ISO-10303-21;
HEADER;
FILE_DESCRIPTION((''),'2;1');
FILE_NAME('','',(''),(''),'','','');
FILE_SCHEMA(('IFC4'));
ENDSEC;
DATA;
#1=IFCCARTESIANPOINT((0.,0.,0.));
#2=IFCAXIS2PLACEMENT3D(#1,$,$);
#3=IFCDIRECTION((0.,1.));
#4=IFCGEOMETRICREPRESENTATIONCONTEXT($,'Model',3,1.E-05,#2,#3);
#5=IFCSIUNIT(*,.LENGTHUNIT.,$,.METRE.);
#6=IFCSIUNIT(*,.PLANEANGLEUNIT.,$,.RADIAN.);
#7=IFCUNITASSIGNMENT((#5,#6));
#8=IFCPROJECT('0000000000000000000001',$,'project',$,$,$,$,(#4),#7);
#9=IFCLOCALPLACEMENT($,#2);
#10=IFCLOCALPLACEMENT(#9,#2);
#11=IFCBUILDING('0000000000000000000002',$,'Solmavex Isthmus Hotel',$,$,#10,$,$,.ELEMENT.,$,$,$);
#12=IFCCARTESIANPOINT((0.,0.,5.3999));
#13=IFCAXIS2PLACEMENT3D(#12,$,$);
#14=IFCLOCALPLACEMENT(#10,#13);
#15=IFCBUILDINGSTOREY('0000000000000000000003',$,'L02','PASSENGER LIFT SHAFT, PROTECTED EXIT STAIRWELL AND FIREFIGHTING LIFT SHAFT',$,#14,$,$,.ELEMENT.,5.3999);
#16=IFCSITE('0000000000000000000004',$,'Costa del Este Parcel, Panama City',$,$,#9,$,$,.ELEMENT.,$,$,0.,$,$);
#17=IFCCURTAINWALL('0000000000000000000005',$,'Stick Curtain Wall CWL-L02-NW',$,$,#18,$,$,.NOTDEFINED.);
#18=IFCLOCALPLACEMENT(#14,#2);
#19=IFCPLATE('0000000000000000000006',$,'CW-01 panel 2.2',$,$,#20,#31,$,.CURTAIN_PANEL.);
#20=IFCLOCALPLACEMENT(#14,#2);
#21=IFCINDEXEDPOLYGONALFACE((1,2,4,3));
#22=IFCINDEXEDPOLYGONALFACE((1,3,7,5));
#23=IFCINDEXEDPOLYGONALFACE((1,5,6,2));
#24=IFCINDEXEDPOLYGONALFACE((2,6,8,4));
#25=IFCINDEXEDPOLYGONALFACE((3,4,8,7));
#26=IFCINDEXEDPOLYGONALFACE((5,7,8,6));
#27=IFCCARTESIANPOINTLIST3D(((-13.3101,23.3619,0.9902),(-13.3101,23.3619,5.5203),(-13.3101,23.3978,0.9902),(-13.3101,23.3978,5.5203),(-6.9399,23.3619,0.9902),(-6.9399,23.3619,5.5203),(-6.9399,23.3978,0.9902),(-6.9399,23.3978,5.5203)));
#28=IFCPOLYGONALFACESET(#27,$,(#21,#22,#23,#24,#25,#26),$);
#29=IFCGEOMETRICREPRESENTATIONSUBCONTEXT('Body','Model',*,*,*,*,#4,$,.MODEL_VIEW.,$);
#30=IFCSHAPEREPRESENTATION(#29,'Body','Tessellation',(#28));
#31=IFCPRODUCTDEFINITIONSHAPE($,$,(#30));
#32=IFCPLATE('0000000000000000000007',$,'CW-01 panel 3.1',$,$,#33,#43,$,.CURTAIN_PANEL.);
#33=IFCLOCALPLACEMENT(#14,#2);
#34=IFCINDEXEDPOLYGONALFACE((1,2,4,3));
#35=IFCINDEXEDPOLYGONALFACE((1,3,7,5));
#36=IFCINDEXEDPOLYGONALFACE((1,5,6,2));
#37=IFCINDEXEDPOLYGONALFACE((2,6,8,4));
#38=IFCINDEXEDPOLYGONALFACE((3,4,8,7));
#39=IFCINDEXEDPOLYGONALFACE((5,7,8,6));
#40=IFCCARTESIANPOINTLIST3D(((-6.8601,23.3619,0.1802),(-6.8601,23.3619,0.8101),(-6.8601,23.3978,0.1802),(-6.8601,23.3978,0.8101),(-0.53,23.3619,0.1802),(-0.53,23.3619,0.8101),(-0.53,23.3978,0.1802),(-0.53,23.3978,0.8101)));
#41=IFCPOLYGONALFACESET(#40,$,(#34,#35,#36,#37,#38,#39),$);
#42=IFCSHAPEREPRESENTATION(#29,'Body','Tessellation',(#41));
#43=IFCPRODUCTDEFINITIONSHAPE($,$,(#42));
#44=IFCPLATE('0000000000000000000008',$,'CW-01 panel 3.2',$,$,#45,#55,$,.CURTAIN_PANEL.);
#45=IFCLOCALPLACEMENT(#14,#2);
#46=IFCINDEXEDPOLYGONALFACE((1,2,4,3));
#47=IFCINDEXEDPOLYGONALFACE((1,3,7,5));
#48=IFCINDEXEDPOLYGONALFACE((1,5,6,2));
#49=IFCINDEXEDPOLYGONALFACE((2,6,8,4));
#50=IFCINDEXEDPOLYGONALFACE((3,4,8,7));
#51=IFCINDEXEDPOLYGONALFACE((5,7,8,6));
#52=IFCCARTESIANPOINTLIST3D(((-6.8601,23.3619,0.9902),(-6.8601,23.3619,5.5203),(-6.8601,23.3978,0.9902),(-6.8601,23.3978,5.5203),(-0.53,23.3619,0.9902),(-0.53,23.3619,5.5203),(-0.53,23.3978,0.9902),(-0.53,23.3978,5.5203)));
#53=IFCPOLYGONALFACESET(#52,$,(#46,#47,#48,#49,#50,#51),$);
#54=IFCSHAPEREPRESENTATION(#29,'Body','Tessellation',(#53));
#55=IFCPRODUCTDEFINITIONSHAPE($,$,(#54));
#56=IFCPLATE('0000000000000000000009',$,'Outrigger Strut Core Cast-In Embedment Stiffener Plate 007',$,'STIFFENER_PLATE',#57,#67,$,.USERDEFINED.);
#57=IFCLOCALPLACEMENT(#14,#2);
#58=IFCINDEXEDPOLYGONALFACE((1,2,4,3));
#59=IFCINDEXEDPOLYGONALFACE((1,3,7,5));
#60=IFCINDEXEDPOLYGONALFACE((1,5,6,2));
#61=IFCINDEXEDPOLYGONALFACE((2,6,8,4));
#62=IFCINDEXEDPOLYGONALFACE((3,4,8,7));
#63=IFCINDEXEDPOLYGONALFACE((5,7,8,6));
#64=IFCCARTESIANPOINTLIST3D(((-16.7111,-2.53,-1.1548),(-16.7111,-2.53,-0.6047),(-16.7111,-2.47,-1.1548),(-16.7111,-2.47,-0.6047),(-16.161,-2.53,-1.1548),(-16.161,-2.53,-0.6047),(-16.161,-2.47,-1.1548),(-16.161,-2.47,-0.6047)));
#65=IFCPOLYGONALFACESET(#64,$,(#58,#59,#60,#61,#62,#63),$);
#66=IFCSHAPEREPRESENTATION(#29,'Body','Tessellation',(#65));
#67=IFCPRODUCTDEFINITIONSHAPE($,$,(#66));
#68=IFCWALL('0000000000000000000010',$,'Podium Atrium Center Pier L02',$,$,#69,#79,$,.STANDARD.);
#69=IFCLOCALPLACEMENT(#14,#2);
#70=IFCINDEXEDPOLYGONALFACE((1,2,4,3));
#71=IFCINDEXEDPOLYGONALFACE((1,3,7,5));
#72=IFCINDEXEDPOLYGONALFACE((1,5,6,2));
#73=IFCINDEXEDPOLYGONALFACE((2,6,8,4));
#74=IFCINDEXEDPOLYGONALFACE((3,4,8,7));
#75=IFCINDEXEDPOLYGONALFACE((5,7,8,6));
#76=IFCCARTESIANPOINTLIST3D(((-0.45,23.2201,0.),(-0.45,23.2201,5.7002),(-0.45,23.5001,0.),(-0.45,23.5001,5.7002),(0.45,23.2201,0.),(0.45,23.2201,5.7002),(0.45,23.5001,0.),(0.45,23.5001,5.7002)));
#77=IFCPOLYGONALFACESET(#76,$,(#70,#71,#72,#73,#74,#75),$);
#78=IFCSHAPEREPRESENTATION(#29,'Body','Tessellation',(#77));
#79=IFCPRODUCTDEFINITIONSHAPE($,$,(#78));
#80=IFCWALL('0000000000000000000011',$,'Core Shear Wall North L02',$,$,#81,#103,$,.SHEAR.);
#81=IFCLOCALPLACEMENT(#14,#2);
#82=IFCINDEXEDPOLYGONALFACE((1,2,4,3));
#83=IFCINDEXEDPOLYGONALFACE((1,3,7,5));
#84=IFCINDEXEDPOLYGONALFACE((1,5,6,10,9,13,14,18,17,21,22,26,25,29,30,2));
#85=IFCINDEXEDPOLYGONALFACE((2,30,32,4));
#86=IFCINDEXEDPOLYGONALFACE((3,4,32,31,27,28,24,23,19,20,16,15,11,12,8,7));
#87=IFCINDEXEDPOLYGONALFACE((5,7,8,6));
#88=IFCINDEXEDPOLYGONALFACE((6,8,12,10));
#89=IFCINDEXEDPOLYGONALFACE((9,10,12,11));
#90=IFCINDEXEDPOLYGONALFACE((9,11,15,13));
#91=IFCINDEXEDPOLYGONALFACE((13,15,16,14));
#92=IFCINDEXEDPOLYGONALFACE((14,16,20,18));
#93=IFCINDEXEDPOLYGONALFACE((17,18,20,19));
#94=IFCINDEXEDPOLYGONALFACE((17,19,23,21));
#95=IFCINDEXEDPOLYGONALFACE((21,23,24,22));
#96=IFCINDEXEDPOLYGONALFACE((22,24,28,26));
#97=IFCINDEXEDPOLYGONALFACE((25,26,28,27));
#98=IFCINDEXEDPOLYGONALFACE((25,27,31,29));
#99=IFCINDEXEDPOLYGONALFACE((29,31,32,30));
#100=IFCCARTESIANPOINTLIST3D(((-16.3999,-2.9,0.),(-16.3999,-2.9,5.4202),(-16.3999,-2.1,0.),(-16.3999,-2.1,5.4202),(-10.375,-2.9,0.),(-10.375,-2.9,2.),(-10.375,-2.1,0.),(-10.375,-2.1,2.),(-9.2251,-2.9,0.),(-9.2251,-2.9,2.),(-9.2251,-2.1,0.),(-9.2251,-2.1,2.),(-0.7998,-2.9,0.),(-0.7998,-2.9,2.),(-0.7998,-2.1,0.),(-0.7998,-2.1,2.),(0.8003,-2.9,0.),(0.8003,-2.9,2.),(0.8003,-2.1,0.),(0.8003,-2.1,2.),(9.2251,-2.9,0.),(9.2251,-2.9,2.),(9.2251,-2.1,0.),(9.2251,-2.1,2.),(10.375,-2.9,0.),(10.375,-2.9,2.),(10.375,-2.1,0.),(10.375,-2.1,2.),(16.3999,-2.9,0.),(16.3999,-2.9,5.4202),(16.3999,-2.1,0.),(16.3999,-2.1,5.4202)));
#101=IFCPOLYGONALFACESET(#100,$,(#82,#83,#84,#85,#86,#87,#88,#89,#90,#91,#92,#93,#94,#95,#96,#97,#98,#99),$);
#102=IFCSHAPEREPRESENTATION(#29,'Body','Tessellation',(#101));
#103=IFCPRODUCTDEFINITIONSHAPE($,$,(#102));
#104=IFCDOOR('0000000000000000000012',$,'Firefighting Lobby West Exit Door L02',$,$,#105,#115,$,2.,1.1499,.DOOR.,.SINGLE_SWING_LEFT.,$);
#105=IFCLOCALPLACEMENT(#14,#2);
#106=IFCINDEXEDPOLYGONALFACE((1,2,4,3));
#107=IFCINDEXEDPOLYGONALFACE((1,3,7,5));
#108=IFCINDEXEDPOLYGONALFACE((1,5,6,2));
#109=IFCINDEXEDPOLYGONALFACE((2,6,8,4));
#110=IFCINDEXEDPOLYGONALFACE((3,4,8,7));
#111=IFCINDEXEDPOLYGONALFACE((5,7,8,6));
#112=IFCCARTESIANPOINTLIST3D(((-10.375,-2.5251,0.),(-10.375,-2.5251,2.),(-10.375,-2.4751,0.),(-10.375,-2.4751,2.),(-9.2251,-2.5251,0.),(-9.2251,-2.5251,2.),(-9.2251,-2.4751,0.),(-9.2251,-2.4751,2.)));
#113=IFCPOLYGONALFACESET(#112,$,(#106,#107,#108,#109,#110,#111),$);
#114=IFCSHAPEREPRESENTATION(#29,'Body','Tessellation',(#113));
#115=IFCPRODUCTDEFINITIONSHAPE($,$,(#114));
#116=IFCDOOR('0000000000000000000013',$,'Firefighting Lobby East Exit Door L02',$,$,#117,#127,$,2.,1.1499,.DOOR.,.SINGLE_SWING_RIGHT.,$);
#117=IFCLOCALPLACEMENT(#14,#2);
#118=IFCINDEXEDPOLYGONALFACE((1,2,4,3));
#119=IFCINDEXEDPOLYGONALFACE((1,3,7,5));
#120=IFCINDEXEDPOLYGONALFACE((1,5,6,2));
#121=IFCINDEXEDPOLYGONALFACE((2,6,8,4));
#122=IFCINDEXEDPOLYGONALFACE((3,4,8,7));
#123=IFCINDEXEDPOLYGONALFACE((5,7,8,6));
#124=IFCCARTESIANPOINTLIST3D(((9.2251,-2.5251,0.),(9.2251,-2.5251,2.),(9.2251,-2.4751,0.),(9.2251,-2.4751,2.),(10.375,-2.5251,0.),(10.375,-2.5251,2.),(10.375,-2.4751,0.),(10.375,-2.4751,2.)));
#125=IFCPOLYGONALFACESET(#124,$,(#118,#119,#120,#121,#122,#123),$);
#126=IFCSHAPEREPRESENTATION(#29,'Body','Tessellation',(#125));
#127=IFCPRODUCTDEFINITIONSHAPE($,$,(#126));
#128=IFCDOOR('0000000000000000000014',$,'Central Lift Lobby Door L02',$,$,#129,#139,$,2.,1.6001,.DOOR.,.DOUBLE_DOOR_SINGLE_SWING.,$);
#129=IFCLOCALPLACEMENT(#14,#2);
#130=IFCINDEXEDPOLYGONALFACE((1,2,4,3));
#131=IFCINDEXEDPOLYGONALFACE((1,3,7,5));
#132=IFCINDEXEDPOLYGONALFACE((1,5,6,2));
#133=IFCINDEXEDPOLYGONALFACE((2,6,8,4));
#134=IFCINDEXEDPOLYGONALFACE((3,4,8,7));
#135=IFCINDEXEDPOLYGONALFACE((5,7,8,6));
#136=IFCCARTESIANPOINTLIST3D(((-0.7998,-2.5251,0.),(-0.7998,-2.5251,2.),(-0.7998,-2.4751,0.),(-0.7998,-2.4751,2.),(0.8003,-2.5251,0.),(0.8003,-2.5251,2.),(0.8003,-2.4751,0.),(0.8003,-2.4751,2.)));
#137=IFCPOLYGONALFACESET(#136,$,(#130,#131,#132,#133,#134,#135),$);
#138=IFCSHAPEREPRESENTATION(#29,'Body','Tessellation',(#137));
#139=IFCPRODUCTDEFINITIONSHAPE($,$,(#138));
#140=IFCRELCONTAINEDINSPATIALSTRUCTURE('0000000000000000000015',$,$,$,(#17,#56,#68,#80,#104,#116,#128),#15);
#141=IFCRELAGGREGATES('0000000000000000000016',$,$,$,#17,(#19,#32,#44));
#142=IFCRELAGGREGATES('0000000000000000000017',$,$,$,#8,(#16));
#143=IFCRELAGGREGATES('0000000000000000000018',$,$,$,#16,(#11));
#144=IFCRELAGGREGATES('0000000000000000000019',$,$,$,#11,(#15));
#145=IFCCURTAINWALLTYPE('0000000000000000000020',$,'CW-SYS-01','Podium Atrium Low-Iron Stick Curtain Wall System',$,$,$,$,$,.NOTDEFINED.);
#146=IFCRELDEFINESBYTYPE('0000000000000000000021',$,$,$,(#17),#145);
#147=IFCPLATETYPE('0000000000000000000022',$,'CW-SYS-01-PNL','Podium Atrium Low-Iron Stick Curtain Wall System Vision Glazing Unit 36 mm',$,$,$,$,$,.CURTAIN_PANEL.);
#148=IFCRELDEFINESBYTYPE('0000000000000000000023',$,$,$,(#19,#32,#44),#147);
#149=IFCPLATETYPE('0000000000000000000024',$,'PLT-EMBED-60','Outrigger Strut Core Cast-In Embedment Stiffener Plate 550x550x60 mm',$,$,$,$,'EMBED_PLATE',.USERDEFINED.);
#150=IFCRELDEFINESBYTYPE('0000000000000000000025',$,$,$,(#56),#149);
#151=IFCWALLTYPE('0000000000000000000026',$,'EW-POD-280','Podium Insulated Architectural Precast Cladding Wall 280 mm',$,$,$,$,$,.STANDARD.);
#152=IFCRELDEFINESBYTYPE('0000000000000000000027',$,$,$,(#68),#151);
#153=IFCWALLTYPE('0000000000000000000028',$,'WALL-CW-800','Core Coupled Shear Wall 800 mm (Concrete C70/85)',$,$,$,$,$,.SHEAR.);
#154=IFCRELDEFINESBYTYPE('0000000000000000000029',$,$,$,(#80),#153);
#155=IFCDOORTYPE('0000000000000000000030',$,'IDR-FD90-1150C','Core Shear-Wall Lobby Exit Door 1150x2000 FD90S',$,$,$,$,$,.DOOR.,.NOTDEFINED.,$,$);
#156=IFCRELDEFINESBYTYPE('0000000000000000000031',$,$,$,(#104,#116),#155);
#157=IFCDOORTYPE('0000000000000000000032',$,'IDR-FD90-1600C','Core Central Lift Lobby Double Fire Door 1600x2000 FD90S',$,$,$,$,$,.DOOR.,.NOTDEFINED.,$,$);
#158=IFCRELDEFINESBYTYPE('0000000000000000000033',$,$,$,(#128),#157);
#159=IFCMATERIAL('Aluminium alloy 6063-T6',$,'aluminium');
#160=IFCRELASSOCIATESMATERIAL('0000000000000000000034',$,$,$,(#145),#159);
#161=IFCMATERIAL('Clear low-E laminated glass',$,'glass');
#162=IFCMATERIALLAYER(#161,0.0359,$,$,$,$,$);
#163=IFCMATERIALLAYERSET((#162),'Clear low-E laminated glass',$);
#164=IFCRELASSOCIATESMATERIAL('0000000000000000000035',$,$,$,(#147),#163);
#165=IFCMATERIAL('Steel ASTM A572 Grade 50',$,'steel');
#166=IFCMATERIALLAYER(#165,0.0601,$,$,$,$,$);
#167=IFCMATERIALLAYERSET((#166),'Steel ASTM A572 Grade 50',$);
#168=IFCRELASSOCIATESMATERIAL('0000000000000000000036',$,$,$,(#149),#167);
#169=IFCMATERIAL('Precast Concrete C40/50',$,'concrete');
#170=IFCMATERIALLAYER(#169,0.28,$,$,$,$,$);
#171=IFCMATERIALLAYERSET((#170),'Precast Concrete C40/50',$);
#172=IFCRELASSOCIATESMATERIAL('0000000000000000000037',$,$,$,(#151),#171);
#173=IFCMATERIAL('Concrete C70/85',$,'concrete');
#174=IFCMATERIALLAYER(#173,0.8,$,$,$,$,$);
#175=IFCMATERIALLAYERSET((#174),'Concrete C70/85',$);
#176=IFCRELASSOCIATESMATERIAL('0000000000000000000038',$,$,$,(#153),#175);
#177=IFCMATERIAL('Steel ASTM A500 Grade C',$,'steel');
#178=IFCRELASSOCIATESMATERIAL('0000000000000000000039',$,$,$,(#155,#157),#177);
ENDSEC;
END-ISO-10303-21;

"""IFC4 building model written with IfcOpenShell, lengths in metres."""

from ifc_helpers import new_model, si_unit, direction, frame, frame_2d, origin, origin_2d, place, context, subcontext, project, spatial, rectangle, extrude, material, layer, layer_set, type_object, element, fill, aggregate, save


model = new_model("IFC4")

# Units and contexts
model_context = context("Model", 3, precision=1e-05, world=origin(), true_north=direction((0.0, 1.0)))
body_context = subcontext(model_context, "Body", "Model", "MODEL_VIEW")
ifc_project = project(units=[si_unit("LENGTHUNIT", "METRE"), si_unit("PLANEANGLEUNIT", "RADIAN")], contexts=[model_context])

# Site, building, storey
site_placement = place(None, origin())
site = spatial("IfcSite", under=ifc_project, at=site_placement, Name="Costa del Este Parcel, Panama City", CompositionType="ELEMENT", RefElevation=0.0)
building_placement = place(site_placement, origin())
building = spatial("IfcBuilding", under=site, at=building_placement, Name="Solmavex Isthmus Hotel", CompositionType="ELEMENT")
storey_placement = place(building_placement, frame((0.0, 0.0, 5.3999)))
storey = spatial("IfcBuildingStorey", under=building, at=storey_placement, Name="L02", Description="PASSENGER LIFT SHAFT, PROTECTED EXIT STAIRWELL AND FIREFIGHTING LIFT SHAFT", CompositionType="ELEMENT", Elevation=5.3999)

# Shared definitions
ifc_material_1 = material(Name="Concrete C70/85", Category="concrete")

# Curtain wall, plates
ifc_material_2 = material(Name="Aluminium alloy 6063-T6", Category="aluminium")
curtain_wall_type = type_object("IfcCurtainWallType", Name="CW-SYS-01", Description="Podium Atrium Low-Iron Stick Curtain Wall System", PredefinedType="NOTDEFINED", material=ifc_material_2)
curtain_wall_placement = place(storey_placement, origin())
curtain_wall = element("IfcCurtainWall", 1, at=curtain_wall_placement, inside=storey, type_object=curtain_wall_type, Name="Stick Curtain Wall CWL-L02-NW", PredefinedType="NOTDEFINED")
ifc_material_3 = material(Name="Clear low-E laminated glass", Category="glass")
ifc_layer_1 = layer(ifc_material_3, 0.0359)
ifc_layer_set_1 = layer_set([ifc_layer_1], Name="Clear low-E laminated glass")
plate_type_1 = type_object("IfcPlateType", Name="CW-SYS-01-PNL", Description="Podium Atrium Low-Iron Stick Curtain Wall System Vision Glazing Unit 36 mm", PredefinedType="CURTAIN_PANEL", material=ifc_layer_set_1)
plate_1_placement = place(storey_placement, frame((-10.125, 23.3799, 0.9902), z_axis=(0.0, 0.0, 1.0), x_axis=(1.0, 0.0, 0.0)))
plate_1 = element("IfcPlate", 2, at=plate_1_placement, type_object=plate_type_1, Name="CW-01 panel 2.2", PredefinedType="CURTAIN_PANEL", context=body_context, shape_type="SweptSolid", body=[
    extrude(rectangle(XDim=6.3701, YDim=0.0359, at=origin_2d()), origin(), (0.0, 0.0, 1.0), 4.53),
])
plate_2_placement = place(storey_placement, frame((-3.6951, 23.3799, 0.1802), z_axis=(0.0, 0.0, 1.0), x_axis=(1.0, 0.0, 0.0)))
plate_2 = element("IfcPlate", 3, at=plate_2_placement, type_object=plate_type_1, Name="CW-01 panel 3.1", PredefinedType="CURTAIN_PANEL", context=body_context, shape_type="SweptSolid", body=[
    extrude(rectangle(XDim=6.3301, YDim=0.0359, at=origin_2d()), origin(), (0.0, 0.0, 1.0), 0.6299),
])
plate_3_placement = place(storey_placement, frame((-3.6951, 23.3799, 0.9902), z_axis=(0.0, 0.0, 1.0), x_axis=(1.0, 0.0, 0.0)))
plate_3 = element("IfcPlate", 4, at=plate_3_placement, type_object=plate_type_1, Name="CW-01 panel 3.2", PredefinedType="CURTAIN_PANEL", context=body_context, shape_type="SweptSolid", body=[
    extrude(rectangle(XDim=6.3301, YDim=0.0359, at=origin_2d()), origin(), (0.0, 0.0, 1.0), 4.53),
])
aggregate(curtain_wall, [plate_1, plate_2, plate_3])

# Plate
ifc_material_4 = material(Name="Steel ASTM A572 Grade 50", Category="steel")
ifc_layer_2 = layer(ifc_material_4, 0.0601)
ifc_layer_set_2 = layer_set([ifc_layer_2], Name="Steel ASTM A572 Grade 50")
plate_type_2 = type_object("IfcPlateType", Name="PLT-EMBED-60", Description="Outrigger Strut Core Cast-In Embedment Stiffener Plate 550x550x60 mm", ElementType="EMBED_PLATE", PredefinedType="USERDEFINED", material=ifc_layer_set_2)
plate_4_placement = place(storey_placement, frame((-16.436, -2.5, -1.1548), z_axis=(0.0, 0.0, 1.0), x_axis=(1.0, 0.0, 0.0)))
element("IfcPlate", 5, at=plate_4_placement, inside=storey, type_object=plate_type_2, Name="Outrigger Strut Core Cast-In Embedment Stiffener Plate 007", ObjectType="STIFFENER_PLATE", PredefinedType="USERDEFINED", context=body_context, shape_type="SweptSolid", body=[
    extrude(rectangle(XDim=0.55, YDim=0.0601, at=origin_2d()), origin(), (0.0, 0.0, 1.0), 0.55),
])

# Wall
ifc_material_5 = material(Name="Precast Concrete C40/50", Category="concrete")
ifc_layer_3 = layer(ifc_material_5, 0.28)
ifc_layer_set_3 = layer_set([ifc_layer_3], Name="Precast Concrete C40/50")
wall_type_1 = type_object("IfcWallType", Name="EW-POD-280", Description="Podium Insulated Architectural Precast Cladding Wall 280 mm", PredefinedType="STANDARD", material=ifc_layer_set_3)
wall_1_placement = place(storey_placement, frame((-0.45, 23.3601, 0.0), z_axis=(0.0, 0.0, 1.0), x_axis=(1.0, 0.0, 0.0)))
element("IfcWall", 6, at=wall_1_placement, inside=storey, type_object=wall_type_1, Name="Podium Atrium Center Pier L02", PredefinedType="STANDARD", context=body_context, shape_type="SweptSolid", body=[
    extrude(rectangle(XDim=0.8999, YDim=0.28, at=frame_2d((0.45, 0.0))), origin(), (0.0, 0.0, 1.0), 5.7002),
])

# Wall, openings, doors
ifc_layer_4 = layer(ifc_material_1, 0.8)
ifc_layer_set_4 = layer_set([ifc_layer_4], Name="Concrete C70/85")
wall_type_2 = type_object("IfcWallType", Name="WALL-CW-800", Description="Core Coupled Shear Wall 800 mm (Concrete C70/85)", PredefinedType="SHEAR", material=ifc_layer_set_4)
wall_2_placement = place(storey_placement, frame((-16.3999, -2.5, 0.0), z_axis=(0.0, 0.0, 1.0), x_axis=(1.0, 0.0, 0.0)))
wall_2 = element("IfcWall", 7, at=wall_2_placement, inside=storey, type_object=wall_type_2, Name="Core Shear Wall North L02", PredefinedType="SHEAR", context=body_context, shape_type="SweptSolid", body=[
    extrude(rectangle(XDim=32.7998, YDim=0.8, at=frame_2d((16.3999, 0.0))), origin(), (0.0, 0.0, 1.0), 5.4202),
])
opening_1_placement = place(wall_2_placement, frame((6.0249, 0.0, 0.0)))
opening_1 = element("IfcOpeningElement", 8, at=opening_1_placement, cuts=wall_2, PredefinedType="OPENING", context=body_context, shape_type="SweptSolid", body=[
    extrude(rectangle(XDim=1.1499, YDim=2.0, at=frame_2d((0.575, 1.0))), frame((0.0, 0.4099, 0.0), z_axis=(0.0, -1.0, 0.0), x_axis=(1.0, 0.0, 0.0)), (0.0, 0.0, 1.0), 0.8201),
])
opening_2_placement = place(wall_2_placement, frame((15.6001, 0.0, 0.0)))
opening_2 = element("IfcOpeningElement", 9, at=opening_2_placement, cuts=wall_2, PredefinedType="OPENING", context=body_context, shape_type="SweptSolid", body=[
    extrude(rectangle(XDim=1.6001, YDim=2.0, at=frame_2d((0.8, 1.0))), frame((0.0, 0.4099, 0.0), z_axis=(0.0, -1.0, 0.0), x_axis=(1.0, 0.0, 0.0)), (0.0, 0.0, 1.0), 0.8201),
])
opening_3_placement = place(wall_2_placement, frame((25.625, 0.0, 0.0)))
opening_3 = element("IfcOpeningElement", 10, at=opening_3_placement, cuts=wall_2, PredefinedType="OPENING", context=body_context, shape_type="SweptSolid", body=[
    extrude(rectangle(XDim=1.1499, YDim=2.0, at=frame_2d((0.575, 1.0))), frame((0.0, 0.4099, 0.0), z_axis=(0.0, -1.0, 0.0), x_axis=(1.0, 0.0, 0.0)), (0.0, 0.0, 1.0), 0.8201),
])
ifc_material_6 = material(Name="Steel ASTM A500 Grade C", Category="steel")
door_type_1 = type_object("IfcDoorType", Name="IDR-FD90-1150C", Description="Core Shear-Wall Lobby Exit Door 1150x2000 FD90S", OperationType="NOTDEFINED", PredefinedType="DOOR", material=ifc_material_6)
door_1_placement = place(opening_1_placement, origin())
door_1 = element("IfcDoor", 11, at=door_1_placement, inside=storey, type_object=door_type_1, Name="Firefighting Lobby West Exit Door L02", OperationType="SINGLE_SWING_LEFT", OverallHeight=2.0, OverallWidth=1.1499, PredefinedType="DOOR", context=body_context, shape_type="SweptSolid", body=[
    extrude(rectangle(XDim=1.1499, YDim=2.0, at=frame_2d((0.575, 1.0))), frame((0.0, 0.0249, 0.0), z_axis=(0.0, -1.0, 0.0), x_axis=(1.0, 0.0, 0.0)), (0.0, 0.0, 1.0), 0.05),
])
fill(opening_1, door_1)
door_2_placement = place(opening_3_placement, origin())
door_2 = element("IfcDoor", 12, at=door_2_placement, inside=storey, type_object=door_type_1, Name="Firefighting Lobby East Exit Door L02", OperationType="SINGLE_SWING_RIGHT", OverallHeight=2.0, OverallWidth=1.1499, PredefinedType="DOOR", context=body_context, shape_type="SweptSolid", body=[
    extrude(rectangle(XDim=1.1499, YDim=2.0, at=frame_2d((0.575, 1.0))), frame((0.0, 0.0249, 0.0), z_axis=(0.0, -1.0, 0.0), x_axis=(1.0, 0.0, 0.0)), (0.0, 0.0, 1.0), 0.05),
])
fill(opening_3, door_2)
door_type_2 = type_object("IfcDoorType", Name="IDR-FD90-1600C", Description="Core Central Lift Lobby Double Fire Door 1600x2000 FD90S", OperationType="NOTDEFINED", PredefinedType="DOOR", material=ifc_material_6)
door_3_placement = place(opening_2_placement, origin())
door_3 = element("IfcDoor", 13, at=door_3_placement, inside=storey, type_object=door_type_2, Name="Central Lift Lobby Door L02", OperationType="DOUBLE_DOOR_SINGLE_SWING", OverallHeight=2.0, OverallWidth=1.6001, PredefinedType="DOOR", context=body_context, shape_type="SweptSolid", body=[
    extrude(rectangle(XDim=1.6001, YDim=2.0, at=frame_2d((0.8, 1.0))), frame((0.0, 0.0249, 0.0), z_axis=(0.0, -1.0, 0.0), x_axis=(1.0, 0.0, 0.0)), (0.0, 0.0, 1.0), 0.05),
])
fill(opening_2, door_3)

save(model, "model.ifc")
